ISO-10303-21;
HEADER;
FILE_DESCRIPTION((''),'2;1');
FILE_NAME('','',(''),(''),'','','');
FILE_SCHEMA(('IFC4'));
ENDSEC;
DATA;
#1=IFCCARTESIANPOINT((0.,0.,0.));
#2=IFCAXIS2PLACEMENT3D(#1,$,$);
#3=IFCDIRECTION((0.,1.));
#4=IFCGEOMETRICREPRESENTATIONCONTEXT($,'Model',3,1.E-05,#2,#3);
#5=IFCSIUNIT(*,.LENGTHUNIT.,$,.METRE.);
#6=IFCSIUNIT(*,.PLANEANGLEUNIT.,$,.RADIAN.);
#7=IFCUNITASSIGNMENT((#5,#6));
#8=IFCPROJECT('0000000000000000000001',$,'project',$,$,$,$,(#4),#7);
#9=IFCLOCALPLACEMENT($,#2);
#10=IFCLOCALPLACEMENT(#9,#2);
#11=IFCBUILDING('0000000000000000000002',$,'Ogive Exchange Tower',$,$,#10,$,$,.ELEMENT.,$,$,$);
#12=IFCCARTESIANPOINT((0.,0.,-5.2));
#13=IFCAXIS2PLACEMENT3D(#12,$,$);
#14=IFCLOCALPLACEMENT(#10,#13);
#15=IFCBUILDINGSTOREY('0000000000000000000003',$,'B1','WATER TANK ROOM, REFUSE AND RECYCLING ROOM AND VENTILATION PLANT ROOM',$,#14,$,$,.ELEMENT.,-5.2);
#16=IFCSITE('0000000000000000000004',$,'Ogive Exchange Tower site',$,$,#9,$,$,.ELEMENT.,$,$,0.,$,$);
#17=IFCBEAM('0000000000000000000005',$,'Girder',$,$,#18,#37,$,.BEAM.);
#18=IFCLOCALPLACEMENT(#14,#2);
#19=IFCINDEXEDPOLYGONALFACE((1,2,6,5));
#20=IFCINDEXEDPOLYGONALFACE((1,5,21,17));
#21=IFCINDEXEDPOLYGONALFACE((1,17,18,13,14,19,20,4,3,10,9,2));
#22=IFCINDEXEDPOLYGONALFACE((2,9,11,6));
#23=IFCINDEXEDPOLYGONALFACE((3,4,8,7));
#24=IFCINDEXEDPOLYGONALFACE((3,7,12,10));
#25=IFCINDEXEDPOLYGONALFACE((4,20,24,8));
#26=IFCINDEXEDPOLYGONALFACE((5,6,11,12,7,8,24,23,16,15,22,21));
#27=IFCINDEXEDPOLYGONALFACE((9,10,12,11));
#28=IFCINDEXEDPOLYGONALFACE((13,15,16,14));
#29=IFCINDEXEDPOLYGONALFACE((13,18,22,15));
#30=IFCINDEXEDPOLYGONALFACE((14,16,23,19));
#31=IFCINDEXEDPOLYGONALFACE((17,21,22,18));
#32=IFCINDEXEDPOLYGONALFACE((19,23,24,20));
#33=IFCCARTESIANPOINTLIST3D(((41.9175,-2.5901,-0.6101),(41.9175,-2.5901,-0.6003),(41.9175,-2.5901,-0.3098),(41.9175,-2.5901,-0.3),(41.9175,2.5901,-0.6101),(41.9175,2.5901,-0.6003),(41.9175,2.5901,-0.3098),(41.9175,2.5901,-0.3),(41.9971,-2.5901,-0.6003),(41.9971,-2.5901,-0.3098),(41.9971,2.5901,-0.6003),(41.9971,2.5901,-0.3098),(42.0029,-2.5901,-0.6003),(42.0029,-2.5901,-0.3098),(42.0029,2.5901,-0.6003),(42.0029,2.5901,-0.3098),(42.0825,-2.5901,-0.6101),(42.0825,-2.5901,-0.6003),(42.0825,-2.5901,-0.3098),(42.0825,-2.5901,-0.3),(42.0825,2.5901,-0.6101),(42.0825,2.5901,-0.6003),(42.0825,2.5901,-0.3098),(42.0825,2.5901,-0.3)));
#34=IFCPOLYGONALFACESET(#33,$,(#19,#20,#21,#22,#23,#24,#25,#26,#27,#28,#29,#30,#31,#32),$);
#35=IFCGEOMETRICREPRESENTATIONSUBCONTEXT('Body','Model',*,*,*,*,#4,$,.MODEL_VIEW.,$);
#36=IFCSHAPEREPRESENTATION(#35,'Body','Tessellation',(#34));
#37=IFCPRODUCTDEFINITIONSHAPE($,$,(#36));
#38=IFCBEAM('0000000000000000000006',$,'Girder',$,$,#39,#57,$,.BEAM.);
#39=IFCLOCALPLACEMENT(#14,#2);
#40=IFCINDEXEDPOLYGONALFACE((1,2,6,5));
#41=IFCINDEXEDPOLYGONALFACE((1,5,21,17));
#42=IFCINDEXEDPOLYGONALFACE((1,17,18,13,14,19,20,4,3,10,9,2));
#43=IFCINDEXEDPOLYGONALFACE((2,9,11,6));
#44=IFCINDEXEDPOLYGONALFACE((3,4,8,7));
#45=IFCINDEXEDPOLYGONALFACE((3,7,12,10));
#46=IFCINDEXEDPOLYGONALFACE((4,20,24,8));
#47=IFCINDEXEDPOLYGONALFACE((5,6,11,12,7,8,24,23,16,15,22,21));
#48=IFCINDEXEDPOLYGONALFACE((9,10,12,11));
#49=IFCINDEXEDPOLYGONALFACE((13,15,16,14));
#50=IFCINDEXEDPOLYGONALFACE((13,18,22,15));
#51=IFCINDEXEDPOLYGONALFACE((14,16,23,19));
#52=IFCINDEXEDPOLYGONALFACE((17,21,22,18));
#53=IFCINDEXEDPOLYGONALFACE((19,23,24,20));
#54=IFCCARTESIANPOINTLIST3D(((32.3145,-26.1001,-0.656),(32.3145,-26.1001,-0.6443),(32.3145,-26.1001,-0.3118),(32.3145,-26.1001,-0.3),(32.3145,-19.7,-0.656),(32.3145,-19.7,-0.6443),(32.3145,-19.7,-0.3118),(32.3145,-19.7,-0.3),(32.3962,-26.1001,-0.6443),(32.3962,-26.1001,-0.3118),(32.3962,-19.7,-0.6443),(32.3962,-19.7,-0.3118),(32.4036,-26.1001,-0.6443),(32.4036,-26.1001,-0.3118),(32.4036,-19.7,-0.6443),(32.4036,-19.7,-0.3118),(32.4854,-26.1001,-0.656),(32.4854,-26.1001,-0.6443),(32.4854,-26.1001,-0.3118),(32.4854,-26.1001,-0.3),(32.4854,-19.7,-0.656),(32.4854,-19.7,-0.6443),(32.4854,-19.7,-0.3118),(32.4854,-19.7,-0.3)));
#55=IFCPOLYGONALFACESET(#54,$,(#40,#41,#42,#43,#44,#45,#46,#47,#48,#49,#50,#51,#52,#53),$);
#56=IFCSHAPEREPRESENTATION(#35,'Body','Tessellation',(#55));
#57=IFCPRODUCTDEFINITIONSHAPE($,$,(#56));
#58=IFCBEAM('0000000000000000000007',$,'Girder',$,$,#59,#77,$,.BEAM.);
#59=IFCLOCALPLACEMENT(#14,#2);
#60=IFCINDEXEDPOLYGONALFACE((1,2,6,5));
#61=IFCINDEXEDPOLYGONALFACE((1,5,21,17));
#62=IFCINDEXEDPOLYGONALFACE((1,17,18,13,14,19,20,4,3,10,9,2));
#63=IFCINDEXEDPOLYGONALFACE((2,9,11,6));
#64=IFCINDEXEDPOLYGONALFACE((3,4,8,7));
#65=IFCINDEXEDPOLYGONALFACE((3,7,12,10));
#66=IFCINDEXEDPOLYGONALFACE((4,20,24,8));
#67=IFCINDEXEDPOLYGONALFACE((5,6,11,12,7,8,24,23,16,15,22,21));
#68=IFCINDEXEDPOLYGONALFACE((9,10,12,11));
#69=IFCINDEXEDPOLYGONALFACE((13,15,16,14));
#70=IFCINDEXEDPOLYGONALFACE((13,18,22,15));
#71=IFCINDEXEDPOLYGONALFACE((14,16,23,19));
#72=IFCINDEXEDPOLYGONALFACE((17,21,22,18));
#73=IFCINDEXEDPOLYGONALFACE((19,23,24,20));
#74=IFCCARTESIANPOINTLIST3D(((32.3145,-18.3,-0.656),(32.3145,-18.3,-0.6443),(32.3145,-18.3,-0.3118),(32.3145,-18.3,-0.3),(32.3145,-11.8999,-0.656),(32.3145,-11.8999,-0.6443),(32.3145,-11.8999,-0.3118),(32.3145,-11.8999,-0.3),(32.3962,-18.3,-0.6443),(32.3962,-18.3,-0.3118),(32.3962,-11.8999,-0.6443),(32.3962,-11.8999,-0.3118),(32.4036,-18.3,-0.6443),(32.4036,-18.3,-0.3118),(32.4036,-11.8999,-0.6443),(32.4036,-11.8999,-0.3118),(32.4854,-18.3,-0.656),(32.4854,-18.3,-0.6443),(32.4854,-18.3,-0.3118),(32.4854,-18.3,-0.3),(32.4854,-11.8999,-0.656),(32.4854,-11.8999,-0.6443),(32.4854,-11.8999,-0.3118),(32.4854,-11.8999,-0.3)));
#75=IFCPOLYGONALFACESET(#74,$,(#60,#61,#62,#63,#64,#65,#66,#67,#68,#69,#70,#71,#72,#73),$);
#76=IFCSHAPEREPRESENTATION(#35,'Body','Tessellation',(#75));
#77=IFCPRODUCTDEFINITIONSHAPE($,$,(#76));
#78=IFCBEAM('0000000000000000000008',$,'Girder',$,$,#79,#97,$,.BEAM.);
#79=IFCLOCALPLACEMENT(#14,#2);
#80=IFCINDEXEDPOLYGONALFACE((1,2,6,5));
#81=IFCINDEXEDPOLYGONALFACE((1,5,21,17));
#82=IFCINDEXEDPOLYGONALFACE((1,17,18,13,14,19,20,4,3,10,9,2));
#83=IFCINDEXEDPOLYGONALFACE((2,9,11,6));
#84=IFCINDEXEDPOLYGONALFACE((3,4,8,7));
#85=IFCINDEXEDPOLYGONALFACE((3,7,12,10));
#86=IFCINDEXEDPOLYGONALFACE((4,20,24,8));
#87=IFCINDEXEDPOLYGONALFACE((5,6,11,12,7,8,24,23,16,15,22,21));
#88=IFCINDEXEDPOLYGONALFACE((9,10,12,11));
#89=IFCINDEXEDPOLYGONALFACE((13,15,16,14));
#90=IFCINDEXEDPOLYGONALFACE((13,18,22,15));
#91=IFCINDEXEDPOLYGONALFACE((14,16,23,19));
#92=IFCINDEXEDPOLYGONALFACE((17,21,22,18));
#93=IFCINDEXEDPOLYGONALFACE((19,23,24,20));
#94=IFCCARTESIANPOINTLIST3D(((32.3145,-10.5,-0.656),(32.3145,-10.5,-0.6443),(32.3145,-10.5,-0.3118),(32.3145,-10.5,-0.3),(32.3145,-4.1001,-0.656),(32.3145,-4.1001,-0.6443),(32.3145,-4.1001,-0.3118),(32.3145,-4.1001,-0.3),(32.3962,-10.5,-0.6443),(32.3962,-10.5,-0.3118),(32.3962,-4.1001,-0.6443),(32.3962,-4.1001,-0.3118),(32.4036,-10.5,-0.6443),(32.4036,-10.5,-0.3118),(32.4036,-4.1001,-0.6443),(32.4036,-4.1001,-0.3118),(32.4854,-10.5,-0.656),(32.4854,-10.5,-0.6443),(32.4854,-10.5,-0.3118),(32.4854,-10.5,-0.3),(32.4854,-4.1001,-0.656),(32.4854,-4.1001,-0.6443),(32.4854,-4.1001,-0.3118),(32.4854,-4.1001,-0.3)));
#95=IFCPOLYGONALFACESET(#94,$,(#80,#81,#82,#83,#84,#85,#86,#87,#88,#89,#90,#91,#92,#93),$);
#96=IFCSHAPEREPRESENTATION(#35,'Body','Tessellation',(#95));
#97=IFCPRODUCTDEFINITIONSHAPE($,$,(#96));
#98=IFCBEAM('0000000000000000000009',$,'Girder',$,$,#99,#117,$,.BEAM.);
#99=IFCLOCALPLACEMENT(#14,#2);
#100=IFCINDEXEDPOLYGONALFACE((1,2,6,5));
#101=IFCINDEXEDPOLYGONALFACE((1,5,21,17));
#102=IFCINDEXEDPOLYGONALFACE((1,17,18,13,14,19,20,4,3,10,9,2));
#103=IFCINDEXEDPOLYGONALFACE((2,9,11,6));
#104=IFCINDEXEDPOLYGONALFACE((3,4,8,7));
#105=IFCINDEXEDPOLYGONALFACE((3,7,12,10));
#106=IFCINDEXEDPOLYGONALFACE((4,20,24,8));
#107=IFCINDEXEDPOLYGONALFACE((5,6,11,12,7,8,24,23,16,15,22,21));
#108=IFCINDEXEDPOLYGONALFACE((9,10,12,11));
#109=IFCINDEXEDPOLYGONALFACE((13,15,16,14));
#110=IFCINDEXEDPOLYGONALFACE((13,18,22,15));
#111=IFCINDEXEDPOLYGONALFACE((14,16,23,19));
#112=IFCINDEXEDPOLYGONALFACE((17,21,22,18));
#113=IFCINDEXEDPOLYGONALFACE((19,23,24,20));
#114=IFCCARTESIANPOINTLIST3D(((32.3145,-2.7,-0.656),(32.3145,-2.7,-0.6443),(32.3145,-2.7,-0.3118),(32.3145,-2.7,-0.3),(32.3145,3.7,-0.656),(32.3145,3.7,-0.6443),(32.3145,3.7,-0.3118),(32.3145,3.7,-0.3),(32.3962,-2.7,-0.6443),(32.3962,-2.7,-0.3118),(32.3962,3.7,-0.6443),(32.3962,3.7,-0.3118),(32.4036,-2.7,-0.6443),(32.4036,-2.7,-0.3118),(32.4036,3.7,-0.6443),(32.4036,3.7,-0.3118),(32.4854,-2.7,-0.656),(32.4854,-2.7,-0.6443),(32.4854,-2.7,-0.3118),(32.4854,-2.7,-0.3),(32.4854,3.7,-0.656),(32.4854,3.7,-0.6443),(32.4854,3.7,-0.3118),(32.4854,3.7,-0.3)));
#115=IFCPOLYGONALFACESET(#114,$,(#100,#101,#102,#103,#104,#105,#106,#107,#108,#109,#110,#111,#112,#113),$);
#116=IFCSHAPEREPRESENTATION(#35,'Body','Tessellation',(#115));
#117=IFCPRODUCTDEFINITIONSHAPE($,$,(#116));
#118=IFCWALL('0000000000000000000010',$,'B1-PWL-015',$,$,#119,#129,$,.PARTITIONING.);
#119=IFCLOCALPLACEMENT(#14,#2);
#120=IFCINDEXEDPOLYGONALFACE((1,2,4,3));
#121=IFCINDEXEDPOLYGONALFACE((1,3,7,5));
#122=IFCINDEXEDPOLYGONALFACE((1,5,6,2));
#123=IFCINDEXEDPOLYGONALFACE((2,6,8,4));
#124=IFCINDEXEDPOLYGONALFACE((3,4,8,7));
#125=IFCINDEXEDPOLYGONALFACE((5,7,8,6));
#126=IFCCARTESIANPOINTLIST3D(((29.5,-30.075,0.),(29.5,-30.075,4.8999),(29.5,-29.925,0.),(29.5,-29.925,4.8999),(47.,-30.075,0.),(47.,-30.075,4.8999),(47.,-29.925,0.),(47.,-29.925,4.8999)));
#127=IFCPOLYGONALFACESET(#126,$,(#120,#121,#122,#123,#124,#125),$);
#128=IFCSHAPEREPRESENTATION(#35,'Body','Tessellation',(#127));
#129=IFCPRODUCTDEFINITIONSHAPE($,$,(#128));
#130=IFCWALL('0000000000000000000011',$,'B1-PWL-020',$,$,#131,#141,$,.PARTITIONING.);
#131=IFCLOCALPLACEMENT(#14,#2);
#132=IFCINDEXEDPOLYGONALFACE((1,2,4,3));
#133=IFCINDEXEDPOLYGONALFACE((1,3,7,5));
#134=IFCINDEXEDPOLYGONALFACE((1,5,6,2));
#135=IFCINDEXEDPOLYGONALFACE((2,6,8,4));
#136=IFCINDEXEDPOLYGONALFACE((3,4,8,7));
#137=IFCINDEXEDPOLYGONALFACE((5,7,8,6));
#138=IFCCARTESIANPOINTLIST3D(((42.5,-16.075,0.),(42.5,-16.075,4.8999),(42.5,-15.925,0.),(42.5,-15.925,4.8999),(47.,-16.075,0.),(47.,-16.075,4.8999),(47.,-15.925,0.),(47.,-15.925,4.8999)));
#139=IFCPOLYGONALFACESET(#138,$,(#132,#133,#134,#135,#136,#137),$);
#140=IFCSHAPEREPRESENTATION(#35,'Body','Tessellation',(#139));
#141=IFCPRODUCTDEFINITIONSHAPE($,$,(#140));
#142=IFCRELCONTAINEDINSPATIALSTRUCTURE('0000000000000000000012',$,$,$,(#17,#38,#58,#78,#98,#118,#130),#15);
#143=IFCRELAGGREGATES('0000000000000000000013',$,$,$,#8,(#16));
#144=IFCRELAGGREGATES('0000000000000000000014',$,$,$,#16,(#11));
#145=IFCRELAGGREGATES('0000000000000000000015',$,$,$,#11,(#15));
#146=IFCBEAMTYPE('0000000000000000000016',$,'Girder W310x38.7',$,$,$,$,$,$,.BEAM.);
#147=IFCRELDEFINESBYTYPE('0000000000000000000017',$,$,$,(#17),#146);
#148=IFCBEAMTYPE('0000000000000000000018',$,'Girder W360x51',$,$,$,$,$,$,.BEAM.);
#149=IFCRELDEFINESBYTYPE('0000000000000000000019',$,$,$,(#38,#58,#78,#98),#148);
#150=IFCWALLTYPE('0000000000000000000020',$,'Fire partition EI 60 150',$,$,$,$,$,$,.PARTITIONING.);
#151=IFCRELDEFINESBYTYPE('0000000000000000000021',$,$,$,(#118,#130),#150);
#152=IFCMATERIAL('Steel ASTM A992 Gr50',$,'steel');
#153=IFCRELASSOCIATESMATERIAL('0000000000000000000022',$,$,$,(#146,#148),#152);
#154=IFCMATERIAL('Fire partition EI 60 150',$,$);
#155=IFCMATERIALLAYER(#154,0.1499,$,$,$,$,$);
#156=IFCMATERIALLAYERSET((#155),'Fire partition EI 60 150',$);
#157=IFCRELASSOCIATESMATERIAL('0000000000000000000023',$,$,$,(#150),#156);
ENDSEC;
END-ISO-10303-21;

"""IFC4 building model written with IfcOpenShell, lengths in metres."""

from ifc_helpers import new_model, si_unit, direction, frame, frame_2d, origin, origin_2d, place, context, subcontext, project, spatial, rectangle, i_section, extrude, material, layer, layer_set, material_profile, profile_set, type_object, element, save


model = new_model("IFC4")

# Units and contexts
model_context = context("Model", 3, precision=1e-05, world=origin(), true_north=direction((0.0, 1.0)))
body_context = subcontext(model_context, "Body", "Model", "MODEL_VIEW")
ifc_project = project(units=[si_unit("LENGTHUNIT", "METRE"), si_unit("PLANEANGLEUNIT", "RADIAN")], contexts=[model_context])

# Site, building, storey
site_placement = place(None, origin())
site = spatial("IfcSite", under=ifc_project, at=site_placement, Name="Ogive Exchange Tower site", CompositionType="ELEMENT", RefElevation=0.0)
building_placement = place(site_placement, origin())
building = spatial("IfcBuilding", under=site, at=building_placement, Name="Ogive Exchange Tower", CompositionType="ELEMENT")
storey_placement = place(building_placement, frame((0.0, 0.0, -5.2)))
storey = spatial("IfcBuildingStorey", under=building, at=storey_placement, Name="B1", Description="WATER TANK ROOM, REFUSE AND RECYCLING ROOM AND VENTILATION PLANT ROOM", CompositionType="ELEMENT", Elevation=-5.2)

# Beams
ifc_material_1 = material(Name="Steel ASTM A992 Gr50", Category="steel")
ifc_material_profile_1 = material_profile(ifc_material_1, i_section(OverallWidth=0.165, OverallDepth=0.3101, WebThickness=0.0059, FlangeThickness=0.0098, at=origin_2d()), Name="W310x38.7")
ifc_profile_set_1 = profile_set([ifc_material_profile_1], Name="Steel ASTM A992 Gr50")
beam_type_1 = type_object("IfcBeamType", Name="Girder W310x38.7", PredefinedType="BEAM", material=ifc_profile_set_1)
beam_1_placement = place(storey_placement, frame((42.0, -2.5901, -0.4551), z_axis=(0.0, 1.0, 0.0), x_axis=(-1.0, 0.0, 0.0)))
element("IfcBeam", 1, at=beam_1_placement, inside=storey, type_object=beam_type_1, Name="Girder", PredefinedType="BEAM", context=body_context, shape_type="SweptSolid", body=[
    extrude(i_section(OverallWidth=0.165, OverallDepth=0.3101, WebThickness=0.0059, FlangeThickness=0.0098, at=origin_2d()), origin(), (0.0, 0.0, 1.0), 5.1802),
])
ifc_material_profile_2 = material_profile(ifc_material_1, i_section(OverallWidth=0.1709, OverallDepth=0.356, WebThickness=0.0073, FlangeThickness=0.0117, at=origin_2d()), Name="W360x51")
ifc_profile_set_2 = profile_set([ifc_material_profile_2], Name="Steel ASTM A992 Gr50")
beam_type_2 = type_object("IfcBeamType", Name="Girder W360x51", PredefinedType="BEAM", material=ifc_profile_set_2)
for number, where, z_axis, x_axis, name in (
    (2, (32.3999, -26.1001, -0.478), (0.0, 1.0, 0.0), (-1.0, 0.0, 0.0), "Girder"),
    (3, (32.3999, -18.3, -0.478), (0.0, 1.0, 0.0), (-1.0, 0.0, 0.0), "Girder"),
):
    element("IfcBeam", number, at=place(storey_placement, frame(where, z_axis=z_axis, x_axis=x_axis)), inside=storey, type_object=beam_type_2, Name=name, PredefinedType="BEAM", context=body_context, shape_type="SweptSolid", body=[
        extrude(i_section(OverallWidth=0.1709, OverallDepth=0.356, WebThickness=0.0073, FlangeThickness=0.0117, at=origin_2d()), origin(), (0.0, 0.0, 1.0), 6.4001),
    ])
for number, where, z_axis, x_axis, name in (
    (4, (32.3999, -10.5, -0.478), (0.0, 1.0, 0.0), (-1.0, 0.0, 0.0), "Girder"),
    (5, (32.3999, -2.7, -0.478), (0.0, 1.0, 0.0), (-1.0, 0.0, 0.0), "Girder"),
):
    element("IfcBeam", number, at=place(storey_placement, frame(where, z_axis=z_axis, x_axis=x_axis)), inside=storey, type_object=beam_type_2, Name=name, PredefinedType="BEAM", context=body_context, shape_type="SweptSolid", body=[
        extrude(i_section(OverallWidth=0.1709, OverallDepth=0.356, WebThickness=0.0073, FlangeThickness=0.0117, at=origin_2d()), origin(), (0.0, 0.0, 1.0), 6.3999),
    ])

# Walls
ifc_material_2 = material(Name="Fire partition EI 60 150")
ifc_layer = layer(ifc_material_2, 0.1499)
ifc_layer_set = layer_set([ifc_layer], Name="Fire partition EI 60 150")
wall_type = type_object("IfcWallType", Name="Fire partition EI 60 150", PredefinedType="PARTITIONING", material=ifc_layer_set)
wall_1_placement = place(storey_placement, frame((29.5, -30.0, 0.0), z_axis=(0.0, 0.0, 1.0), x_axis=(1.0, 0.0, 0.0)))
element("IfcWall", 6, at=wall_1_placement, inside=storey, type_object=wall_type, Name="B1-PWL-015", PredefinedType="PARTITIONING", context=body_context, shape_type="SweptSolid", body=[
    extrude(rectangle(XDim=17.5, YDim=0.1499, at=frame_2d((8.75, 0.0))), origin(), (0.0, 0.0, 1.0), 4.8999),
])
wall_2_placement = place(storey_placement, frame((42.5, -16.0, 0.0), z_axis=(0.0, 0.0, 1.0), x_axis=(1.0, 0.0, 0.0)))
element("IfcWall", 7, at=wall_2_placement, inside=storey, type_object=wall_type, Name="B1-PWL-020", PredefinedType="PARTITIONING", context=body_context, shape_type="SweptSolid", body=[
    extrude(rectangle(XDim=4.5, YDim=0.1499, at=frame_2d((2.25, 0.0))), origin(), (0.0, 0.0, 1.0), 4.8999),
])

save(model, "model.ifc")
